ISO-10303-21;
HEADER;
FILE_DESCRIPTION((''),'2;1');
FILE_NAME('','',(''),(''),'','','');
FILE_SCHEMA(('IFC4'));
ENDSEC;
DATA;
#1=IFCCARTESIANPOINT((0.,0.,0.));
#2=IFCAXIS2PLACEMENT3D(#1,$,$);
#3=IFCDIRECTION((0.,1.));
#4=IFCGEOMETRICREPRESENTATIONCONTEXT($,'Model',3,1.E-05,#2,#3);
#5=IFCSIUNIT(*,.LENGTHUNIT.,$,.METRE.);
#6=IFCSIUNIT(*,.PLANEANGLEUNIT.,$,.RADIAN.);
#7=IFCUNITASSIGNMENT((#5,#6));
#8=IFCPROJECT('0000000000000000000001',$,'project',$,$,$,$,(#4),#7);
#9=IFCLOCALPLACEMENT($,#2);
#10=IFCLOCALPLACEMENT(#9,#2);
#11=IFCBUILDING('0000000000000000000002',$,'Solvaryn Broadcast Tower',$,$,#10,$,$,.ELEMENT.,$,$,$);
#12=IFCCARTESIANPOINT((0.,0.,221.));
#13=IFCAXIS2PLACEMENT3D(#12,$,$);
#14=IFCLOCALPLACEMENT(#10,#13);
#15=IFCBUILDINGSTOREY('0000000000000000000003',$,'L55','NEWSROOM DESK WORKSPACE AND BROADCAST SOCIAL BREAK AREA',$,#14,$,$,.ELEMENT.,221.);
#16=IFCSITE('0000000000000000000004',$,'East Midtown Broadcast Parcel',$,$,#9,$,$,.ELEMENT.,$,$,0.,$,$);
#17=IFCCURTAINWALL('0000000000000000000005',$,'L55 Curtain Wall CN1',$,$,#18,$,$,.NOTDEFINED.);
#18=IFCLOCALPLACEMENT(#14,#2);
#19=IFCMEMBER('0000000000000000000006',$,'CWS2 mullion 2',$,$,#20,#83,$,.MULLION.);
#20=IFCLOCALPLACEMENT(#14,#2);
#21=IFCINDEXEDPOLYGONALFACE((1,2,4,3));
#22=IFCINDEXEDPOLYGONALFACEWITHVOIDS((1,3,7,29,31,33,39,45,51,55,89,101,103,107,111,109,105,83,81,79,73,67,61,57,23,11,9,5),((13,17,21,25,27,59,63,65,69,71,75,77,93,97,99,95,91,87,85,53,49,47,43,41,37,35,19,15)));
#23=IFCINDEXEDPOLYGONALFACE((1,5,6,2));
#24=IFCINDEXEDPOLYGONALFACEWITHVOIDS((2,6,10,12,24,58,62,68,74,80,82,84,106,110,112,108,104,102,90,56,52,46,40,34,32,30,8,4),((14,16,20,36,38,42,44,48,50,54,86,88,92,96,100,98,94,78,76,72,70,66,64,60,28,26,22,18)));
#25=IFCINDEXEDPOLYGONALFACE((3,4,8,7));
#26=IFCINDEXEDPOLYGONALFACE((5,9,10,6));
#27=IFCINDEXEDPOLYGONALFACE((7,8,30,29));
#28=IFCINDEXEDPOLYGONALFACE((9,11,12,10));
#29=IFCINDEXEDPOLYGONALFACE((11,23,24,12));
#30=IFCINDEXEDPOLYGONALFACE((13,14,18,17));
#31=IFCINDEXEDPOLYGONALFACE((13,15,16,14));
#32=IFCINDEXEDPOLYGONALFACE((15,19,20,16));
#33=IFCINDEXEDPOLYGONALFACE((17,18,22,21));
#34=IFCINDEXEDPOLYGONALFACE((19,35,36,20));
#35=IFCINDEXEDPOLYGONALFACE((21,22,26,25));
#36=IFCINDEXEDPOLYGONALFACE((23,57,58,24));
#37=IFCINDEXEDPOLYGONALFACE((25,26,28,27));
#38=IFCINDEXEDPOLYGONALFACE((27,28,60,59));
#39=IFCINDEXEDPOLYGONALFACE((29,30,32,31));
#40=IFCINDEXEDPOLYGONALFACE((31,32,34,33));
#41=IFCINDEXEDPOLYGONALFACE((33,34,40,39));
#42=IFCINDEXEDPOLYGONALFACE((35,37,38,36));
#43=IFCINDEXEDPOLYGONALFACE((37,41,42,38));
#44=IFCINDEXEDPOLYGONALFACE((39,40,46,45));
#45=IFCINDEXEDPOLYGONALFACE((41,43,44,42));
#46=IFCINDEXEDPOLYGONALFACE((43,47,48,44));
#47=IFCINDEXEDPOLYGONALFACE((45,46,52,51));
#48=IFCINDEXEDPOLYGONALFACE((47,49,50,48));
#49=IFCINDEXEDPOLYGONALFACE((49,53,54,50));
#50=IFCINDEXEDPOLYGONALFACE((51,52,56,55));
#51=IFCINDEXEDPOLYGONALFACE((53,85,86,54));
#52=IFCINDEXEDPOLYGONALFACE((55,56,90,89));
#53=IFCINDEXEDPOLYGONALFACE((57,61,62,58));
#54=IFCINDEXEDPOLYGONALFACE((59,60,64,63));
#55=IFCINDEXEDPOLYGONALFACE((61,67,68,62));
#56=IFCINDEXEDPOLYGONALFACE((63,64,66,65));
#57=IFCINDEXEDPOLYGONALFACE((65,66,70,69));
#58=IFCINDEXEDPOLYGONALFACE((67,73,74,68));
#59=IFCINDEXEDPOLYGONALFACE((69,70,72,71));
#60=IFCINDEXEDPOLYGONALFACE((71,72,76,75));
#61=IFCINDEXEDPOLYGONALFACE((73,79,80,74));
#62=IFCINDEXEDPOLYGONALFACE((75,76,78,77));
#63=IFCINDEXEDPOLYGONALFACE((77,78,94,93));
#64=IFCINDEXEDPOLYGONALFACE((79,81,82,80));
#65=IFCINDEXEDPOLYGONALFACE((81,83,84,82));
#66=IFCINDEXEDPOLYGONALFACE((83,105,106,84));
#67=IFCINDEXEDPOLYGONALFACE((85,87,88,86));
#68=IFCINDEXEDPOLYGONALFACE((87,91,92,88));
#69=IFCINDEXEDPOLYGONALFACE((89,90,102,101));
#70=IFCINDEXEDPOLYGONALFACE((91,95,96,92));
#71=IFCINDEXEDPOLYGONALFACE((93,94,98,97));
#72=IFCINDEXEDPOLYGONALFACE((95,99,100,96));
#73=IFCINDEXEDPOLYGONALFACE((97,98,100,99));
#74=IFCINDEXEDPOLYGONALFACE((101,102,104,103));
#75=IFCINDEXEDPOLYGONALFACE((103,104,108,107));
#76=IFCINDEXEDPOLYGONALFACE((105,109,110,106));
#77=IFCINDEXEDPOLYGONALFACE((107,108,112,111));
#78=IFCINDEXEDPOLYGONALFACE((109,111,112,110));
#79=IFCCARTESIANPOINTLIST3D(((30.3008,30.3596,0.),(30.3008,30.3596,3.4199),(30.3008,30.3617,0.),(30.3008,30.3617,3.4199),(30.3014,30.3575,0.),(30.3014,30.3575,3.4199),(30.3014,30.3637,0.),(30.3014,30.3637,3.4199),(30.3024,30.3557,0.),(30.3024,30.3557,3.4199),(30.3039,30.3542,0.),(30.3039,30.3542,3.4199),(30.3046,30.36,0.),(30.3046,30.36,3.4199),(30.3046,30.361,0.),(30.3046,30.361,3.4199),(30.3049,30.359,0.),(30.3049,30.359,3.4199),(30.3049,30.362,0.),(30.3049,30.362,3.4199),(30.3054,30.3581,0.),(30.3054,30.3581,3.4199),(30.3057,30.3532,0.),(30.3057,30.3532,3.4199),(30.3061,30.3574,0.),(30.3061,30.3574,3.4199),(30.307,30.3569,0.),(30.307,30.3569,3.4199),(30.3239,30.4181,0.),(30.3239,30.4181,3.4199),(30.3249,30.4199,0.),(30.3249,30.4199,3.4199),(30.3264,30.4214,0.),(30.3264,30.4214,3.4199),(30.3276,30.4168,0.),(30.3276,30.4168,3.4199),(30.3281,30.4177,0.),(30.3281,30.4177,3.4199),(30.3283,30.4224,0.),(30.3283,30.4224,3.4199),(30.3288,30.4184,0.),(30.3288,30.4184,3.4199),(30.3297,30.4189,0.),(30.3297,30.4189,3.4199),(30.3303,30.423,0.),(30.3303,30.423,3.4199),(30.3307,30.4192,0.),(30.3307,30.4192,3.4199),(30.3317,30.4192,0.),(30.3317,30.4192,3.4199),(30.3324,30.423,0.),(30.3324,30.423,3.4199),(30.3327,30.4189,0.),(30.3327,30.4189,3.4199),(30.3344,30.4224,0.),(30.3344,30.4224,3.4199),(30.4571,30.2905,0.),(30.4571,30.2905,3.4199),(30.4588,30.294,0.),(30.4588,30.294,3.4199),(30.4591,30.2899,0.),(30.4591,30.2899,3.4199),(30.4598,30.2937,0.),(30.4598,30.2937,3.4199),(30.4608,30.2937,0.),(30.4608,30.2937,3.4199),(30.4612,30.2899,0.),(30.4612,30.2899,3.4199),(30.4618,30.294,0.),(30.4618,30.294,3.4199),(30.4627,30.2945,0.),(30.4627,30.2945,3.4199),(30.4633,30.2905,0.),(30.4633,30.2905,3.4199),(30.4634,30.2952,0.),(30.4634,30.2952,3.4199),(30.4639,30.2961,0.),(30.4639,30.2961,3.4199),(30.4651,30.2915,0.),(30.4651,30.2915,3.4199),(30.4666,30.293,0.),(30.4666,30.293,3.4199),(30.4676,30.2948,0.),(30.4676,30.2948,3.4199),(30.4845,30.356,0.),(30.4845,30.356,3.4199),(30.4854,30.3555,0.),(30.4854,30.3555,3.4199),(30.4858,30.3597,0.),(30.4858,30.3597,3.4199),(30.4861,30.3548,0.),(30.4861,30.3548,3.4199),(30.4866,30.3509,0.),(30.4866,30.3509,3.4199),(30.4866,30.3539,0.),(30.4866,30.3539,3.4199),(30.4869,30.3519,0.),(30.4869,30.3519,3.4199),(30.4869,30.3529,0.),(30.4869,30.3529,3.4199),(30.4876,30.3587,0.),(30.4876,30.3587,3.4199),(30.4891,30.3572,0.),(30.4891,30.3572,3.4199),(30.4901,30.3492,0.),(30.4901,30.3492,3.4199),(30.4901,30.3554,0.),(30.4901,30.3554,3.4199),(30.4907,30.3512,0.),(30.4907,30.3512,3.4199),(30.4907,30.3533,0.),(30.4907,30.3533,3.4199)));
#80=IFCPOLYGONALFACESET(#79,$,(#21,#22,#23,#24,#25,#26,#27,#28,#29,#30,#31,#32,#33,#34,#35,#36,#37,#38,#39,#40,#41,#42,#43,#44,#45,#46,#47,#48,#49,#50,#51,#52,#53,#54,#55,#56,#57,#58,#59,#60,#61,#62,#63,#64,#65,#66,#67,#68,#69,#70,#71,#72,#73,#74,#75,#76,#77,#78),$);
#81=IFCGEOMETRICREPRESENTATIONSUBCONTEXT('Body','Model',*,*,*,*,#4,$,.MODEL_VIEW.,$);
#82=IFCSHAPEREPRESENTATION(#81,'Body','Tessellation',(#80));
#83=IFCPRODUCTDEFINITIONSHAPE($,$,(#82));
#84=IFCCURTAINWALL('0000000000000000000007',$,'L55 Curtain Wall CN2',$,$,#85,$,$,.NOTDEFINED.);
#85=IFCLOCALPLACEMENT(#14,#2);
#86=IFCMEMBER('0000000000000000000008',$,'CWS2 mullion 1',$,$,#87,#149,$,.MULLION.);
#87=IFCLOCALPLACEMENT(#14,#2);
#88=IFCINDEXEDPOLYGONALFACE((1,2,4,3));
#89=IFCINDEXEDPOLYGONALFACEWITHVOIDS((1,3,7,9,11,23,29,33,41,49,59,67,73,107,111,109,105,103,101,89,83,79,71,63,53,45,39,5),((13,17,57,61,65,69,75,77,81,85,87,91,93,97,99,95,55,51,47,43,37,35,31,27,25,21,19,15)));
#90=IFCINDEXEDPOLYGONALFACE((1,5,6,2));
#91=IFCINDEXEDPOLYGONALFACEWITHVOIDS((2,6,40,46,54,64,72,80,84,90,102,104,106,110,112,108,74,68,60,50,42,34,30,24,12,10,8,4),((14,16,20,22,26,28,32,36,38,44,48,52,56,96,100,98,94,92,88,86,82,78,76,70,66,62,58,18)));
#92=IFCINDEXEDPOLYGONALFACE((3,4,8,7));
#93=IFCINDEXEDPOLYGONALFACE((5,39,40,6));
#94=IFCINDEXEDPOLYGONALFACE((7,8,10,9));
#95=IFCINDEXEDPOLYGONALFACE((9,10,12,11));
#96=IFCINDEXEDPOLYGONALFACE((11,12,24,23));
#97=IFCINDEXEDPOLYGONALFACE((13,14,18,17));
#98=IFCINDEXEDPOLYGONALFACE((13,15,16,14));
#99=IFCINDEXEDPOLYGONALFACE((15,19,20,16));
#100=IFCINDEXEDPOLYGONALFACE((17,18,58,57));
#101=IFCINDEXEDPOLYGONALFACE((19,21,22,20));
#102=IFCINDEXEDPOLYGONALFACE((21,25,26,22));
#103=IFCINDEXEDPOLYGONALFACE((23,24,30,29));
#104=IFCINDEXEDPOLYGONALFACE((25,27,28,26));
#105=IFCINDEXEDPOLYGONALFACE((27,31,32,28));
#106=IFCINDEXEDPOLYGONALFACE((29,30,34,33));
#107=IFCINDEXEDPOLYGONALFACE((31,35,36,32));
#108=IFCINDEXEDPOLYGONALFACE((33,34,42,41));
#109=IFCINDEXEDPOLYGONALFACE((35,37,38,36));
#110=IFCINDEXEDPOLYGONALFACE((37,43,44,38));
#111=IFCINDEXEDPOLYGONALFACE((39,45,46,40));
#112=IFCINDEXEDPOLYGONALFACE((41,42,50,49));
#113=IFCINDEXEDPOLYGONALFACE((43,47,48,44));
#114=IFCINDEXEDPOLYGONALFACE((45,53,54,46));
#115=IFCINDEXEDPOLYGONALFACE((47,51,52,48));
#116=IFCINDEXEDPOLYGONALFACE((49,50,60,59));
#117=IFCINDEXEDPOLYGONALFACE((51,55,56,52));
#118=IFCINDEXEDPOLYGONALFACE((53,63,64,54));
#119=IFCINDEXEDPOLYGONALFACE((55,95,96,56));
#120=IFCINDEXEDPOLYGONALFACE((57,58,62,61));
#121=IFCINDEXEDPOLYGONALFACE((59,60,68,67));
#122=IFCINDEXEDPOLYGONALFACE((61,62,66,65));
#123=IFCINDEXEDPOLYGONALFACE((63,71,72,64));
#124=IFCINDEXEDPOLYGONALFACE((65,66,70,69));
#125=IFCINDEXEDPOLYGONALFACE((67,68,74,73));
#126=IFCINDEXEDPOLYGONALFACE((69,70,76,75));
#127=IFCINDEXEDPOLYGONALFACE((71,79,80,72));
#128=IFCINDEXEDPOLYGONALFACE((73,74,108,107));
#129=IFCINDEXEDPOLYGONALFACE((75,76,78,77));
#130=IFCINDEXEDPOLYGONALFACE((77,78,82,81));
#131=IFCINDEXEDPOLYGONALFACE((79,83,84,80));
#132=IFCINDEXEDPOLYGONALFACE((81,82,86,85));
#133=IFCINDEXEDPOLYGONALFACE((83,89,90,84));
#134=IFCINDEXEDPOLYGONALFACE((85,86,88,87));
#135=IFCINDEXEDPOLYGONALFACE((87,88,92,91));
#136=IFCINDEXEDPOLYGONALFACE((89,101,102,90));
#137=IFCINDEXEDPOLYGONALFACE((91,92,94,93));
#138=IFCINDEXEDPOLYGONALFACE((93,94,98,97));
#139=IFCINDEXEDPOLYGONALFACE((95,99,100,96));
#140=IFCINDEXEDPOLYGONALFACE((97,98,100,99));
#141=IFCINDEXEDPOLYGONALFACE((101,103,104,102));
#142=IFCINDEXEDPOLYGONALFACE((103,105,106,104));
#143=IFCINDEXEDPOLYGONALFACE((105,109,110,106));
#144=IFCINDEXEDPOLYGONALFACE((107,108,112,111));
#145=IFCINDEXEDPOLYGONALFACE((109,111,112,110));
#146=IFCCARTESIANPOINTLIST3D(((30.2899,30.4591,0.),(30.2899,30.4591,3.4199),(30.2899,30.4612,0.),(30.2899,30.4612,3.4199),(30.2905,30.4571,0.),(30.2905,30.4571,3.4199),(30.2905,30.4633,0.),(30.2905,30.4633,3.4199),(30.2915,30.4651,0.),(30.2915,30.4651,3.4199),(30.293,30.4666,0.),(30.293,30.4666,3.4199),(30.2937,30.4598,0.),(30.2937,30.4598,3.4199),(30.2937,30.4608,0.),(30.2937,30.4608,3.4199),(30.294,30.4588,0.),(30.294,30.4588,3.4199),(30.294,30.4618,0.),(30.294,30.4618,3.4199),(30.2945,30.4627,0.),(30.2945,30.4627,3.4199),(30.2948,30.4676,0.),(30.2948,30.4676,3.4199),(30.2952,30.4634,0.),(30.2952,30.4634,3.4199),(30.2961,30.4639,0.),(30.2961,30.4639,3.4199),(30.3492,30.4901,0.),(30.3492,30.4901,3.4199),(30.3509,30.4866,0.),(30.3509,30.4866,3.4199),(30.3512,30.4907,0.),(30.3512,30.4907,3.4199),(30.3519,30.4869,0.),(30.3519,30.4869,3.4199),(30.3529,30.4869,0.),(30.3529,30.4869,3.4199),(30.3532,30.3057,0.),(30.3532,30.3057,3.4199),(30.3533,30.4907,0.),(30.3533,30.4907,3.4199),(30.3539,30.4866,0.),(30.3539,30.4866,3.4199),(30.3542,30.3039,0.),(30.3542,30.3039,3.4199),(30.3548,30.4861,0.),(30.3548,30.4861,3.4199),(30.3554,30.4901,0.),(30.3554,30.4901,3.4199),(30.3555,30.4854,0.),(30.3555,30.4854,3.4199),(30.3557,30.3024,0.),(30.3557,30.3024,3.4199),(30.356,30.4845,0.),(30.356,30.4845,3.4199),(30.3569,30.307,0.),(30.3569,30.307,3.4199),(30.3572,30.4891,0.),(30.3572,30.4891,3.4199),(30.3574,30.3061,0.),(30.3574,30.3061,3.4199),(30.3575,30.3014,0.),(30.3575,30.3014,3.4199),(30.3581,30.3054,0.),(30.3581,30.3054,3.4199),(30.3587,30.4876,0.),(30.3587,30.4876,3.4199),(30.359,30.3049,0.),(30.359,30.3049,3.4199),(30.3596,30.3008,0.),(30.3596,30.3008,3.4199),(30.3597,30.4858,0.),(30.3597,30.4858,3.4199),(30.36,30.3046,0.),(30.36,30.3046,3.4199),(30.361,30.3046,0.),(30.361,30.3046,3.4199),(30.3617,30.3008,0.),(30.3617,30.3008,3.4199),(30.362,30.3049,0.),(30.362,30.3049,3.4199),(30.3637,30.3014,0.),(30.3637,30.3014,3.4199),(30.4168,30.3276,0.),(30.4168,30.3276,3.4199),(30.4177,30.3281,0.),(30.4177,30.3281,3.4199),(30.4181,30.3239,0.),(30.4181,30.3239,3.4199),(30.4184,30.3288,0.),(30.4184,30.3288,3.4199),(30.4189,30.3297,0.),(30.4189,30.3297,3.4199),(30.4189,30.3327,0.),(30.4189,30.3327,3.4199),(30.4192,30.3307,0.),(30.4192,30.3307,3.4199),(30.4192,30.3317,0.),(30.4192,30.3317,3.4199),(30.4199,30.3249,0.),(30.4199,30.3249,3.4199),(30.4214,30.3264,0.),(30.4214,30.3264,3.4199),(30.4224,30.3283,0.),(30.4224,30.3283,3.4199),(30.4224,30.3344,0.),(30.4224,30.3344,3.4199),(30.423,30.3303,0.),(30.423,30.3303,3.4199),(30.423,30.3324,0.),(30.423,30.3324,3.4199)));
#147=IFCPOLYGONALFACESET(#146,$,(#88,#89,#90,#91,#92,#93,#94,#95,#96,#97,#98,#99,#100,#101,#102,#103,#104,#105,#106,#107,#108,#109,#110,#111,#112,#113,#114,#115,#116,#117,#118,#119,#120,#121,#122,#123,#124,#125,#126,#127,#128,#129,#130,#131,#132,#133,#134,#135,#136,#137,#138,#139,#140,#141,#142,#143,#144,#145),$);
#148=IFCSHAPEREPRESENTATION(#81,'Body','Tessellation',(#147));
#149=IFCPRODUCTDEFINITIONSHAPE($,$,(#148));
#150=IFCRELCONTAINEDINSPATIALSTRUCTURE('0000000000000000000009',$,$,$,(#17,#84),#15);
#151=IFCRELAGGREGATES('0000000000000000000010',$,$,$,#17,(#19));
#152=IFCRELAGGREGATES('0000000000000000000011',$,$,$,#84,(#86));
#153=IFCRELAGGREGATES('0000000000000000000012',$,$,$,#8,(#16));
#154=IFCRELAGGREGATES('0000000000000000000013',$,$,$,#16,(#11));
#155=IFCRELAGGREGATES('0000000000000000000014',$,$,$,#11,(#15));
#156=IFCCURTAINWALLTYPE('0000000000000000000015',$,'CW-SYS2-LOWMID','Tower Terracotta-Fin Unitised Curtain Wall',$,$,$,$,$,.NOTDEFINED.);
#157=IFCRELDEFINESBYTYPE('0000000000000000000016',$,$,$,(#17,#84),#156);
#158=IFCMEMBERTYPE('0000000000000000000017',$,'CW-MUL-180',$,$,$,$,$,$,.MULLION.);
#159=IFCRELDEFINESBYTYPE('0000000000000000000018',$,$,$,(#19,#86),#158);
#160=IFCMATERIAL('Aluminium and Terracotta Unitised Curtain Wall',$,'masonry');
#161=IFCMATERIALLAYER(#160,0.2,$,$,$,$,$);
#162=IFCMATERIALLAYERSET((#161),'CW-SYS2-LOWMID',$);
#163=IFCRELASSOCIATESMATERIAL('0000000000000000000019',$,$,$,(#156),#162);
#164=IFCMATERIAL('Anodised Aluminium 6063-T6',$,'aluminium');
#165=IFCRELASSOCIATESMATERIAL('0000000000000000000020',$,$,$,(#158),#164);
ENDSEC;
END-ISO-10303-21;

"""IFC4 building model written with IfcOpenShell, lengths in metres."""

from ifc_helpers import new_model, si_unit, direction, frame, origin, origin_2d, place, context, subcontext, project, spatial, hollow_rectangle, extrude, material, layer, layer_set, material_profile, profile_set, type_object, element, aggregate, save


model = new_model("IFC4")

# Units and contexts
model_context = context("Model", 3, precision=1e-05, world=origin(), true_north=direction((0.0, 1.0)))
body_context = subcontext(model_context, "Body", "Model", "MODEL_VIEW")
ifc_project = project(units=[si_unit("LENGTHUNIT", "METRE"), si_unit("PLANEANGLEUNIT", "RADIAN")], contexts=[model_context])

# Site, building, storey
site_placement = place(None, origin())
site = spatial("IfcSite", under=ifc_project, at=site_placement, Name="East Midtown Broadcast Parcel", CompositionType="ELEMENT", RefElevation=0.0)
building_placement = place(site_placement, origin())
building = spatial("IfcBuilding", under=site, at=building_placement, Name="Solvaryn Broadcast Tower", CompositionType="ELEMENT")
storey_placement = place(building_placement, frame((0.0, 0.0, 221.0)))
storey = spatial("IfcBuildingStorey", under=building, at=storey_placement, Name="L55", Description="NEWSROOM DESK WORKSPACE AND BROADCAST SOCIAL BREAK AREA", CompositionType="ELEMENT", Elevation=221.0)

# Curtain wall, member
ifc_material_1 = material(Name="Aluminium and Terracotta Unitised Curtain Wall", Category="masonry")
ifc_layer_1 = layer(ifc_material_1, 0.2)
ifc_layer_set_1 = layer_set([ifc_layer_1], Name="CW-SYS2-LOWMID")
curtain_wall_type = type_object("IfcCurtainWallType", Name="CW-SYS2-LOWMID", Description="Tower Terracotta-Fin Unitised Curtain Wall", PredefinedType="NOTDEFINED", material=ifc_layer_set_1)
curtain_wall_1_placement = place(storey_placement, origin())
curtain_wall_1 = element("IfcCurtainWall", 1, at=curtain_wall_1_placement, inside=storey, type_object=curtain_wall_type, Name="L55 Curtain Wall CN1", PredefinedType="NOTDEFINED")
ifc_material_2 = material(Name="Anodised Aluminium 6063-T6", Category="aluminium")
ifc_material_profile_1 = material_profile(ifc_material_2, hollow_rectangle(XDim=0.075, YDim=0.1799, WallThickness=0.0039, InnerFilletRadius=0.0039, OuterFilletRadius=0.0081, at=origin_2d()))
ifc_profile_set_1 = profile_set([ifc_material_profile_1], Name="Anodised Aluminium 6063-T6")
member_type_1 = type_object("IfcMemberType", Name="CW-MUL-180", PredefinedType="MULLION", material=ifc_profile_set_1)
member_1_placement = place(storey_placement, frame((30.3958, 30.3564, 0.0), z_axis=(0.0, 0.0, 1.0), x_axis=(-0.382646, -0.923895, 0.0)))
member_1 = element("IfcMember", 2, at=member_1_placement, type_object=member_type_1, Name="CWS2 mullion 2", PredefinedType="MULLION", context=body_context, shape_type="SweptSolid", body=[
    extrude(hollow_rectangle(XDim=0.075, YDim=0.1799, WallThickness=0.0039, InnerFilletRadius=0.0039, OuterFilletRadius=0.0081, at=origin_2d()), origin(), (0.0, 0.0, 1.0), 3.4199),
])

# Curtain wall, member
curtain_wall_2_placement = place(storey_placement, origin())
curtain_wall_2 = element("IfcCurtainWall", 3, at=curtain_wall_2_placement, inside=storey, type_object=curtain_wall_type, Name="L55 Curtain Wall CN2", PredefinedType="NOTDEFINED")
member_2_placement = place(storey_placement, frame((30.3564, 30.3958, 0.0), z_axis=(0.0, 0.0, 1.0), x_axis=(-0.923895, -0.382646, 0.0)))
member_2 = element("IfcMember", 4, at=member_2_placement, type_object=member_type_1, Name="CWS2 mullion 1", PredefinedType="MULLION", context=body_context, shape_type="SweptSolid", body=[
    extrude(hollow_rectangle(XDim=0.075, YDim=0.1799, WallThickness=0.0039, InnerFilletRadius=0.0039, OuterFilletRadius=0.0081, at=origin_2d()), origin(), (0.0, 0.0, 1.0), 3.4199),
])

aggregate(curtain_wall_1, [member_1])
aggregate(curtain_wall_2, [member_2])

save(model, "model.ifc")
